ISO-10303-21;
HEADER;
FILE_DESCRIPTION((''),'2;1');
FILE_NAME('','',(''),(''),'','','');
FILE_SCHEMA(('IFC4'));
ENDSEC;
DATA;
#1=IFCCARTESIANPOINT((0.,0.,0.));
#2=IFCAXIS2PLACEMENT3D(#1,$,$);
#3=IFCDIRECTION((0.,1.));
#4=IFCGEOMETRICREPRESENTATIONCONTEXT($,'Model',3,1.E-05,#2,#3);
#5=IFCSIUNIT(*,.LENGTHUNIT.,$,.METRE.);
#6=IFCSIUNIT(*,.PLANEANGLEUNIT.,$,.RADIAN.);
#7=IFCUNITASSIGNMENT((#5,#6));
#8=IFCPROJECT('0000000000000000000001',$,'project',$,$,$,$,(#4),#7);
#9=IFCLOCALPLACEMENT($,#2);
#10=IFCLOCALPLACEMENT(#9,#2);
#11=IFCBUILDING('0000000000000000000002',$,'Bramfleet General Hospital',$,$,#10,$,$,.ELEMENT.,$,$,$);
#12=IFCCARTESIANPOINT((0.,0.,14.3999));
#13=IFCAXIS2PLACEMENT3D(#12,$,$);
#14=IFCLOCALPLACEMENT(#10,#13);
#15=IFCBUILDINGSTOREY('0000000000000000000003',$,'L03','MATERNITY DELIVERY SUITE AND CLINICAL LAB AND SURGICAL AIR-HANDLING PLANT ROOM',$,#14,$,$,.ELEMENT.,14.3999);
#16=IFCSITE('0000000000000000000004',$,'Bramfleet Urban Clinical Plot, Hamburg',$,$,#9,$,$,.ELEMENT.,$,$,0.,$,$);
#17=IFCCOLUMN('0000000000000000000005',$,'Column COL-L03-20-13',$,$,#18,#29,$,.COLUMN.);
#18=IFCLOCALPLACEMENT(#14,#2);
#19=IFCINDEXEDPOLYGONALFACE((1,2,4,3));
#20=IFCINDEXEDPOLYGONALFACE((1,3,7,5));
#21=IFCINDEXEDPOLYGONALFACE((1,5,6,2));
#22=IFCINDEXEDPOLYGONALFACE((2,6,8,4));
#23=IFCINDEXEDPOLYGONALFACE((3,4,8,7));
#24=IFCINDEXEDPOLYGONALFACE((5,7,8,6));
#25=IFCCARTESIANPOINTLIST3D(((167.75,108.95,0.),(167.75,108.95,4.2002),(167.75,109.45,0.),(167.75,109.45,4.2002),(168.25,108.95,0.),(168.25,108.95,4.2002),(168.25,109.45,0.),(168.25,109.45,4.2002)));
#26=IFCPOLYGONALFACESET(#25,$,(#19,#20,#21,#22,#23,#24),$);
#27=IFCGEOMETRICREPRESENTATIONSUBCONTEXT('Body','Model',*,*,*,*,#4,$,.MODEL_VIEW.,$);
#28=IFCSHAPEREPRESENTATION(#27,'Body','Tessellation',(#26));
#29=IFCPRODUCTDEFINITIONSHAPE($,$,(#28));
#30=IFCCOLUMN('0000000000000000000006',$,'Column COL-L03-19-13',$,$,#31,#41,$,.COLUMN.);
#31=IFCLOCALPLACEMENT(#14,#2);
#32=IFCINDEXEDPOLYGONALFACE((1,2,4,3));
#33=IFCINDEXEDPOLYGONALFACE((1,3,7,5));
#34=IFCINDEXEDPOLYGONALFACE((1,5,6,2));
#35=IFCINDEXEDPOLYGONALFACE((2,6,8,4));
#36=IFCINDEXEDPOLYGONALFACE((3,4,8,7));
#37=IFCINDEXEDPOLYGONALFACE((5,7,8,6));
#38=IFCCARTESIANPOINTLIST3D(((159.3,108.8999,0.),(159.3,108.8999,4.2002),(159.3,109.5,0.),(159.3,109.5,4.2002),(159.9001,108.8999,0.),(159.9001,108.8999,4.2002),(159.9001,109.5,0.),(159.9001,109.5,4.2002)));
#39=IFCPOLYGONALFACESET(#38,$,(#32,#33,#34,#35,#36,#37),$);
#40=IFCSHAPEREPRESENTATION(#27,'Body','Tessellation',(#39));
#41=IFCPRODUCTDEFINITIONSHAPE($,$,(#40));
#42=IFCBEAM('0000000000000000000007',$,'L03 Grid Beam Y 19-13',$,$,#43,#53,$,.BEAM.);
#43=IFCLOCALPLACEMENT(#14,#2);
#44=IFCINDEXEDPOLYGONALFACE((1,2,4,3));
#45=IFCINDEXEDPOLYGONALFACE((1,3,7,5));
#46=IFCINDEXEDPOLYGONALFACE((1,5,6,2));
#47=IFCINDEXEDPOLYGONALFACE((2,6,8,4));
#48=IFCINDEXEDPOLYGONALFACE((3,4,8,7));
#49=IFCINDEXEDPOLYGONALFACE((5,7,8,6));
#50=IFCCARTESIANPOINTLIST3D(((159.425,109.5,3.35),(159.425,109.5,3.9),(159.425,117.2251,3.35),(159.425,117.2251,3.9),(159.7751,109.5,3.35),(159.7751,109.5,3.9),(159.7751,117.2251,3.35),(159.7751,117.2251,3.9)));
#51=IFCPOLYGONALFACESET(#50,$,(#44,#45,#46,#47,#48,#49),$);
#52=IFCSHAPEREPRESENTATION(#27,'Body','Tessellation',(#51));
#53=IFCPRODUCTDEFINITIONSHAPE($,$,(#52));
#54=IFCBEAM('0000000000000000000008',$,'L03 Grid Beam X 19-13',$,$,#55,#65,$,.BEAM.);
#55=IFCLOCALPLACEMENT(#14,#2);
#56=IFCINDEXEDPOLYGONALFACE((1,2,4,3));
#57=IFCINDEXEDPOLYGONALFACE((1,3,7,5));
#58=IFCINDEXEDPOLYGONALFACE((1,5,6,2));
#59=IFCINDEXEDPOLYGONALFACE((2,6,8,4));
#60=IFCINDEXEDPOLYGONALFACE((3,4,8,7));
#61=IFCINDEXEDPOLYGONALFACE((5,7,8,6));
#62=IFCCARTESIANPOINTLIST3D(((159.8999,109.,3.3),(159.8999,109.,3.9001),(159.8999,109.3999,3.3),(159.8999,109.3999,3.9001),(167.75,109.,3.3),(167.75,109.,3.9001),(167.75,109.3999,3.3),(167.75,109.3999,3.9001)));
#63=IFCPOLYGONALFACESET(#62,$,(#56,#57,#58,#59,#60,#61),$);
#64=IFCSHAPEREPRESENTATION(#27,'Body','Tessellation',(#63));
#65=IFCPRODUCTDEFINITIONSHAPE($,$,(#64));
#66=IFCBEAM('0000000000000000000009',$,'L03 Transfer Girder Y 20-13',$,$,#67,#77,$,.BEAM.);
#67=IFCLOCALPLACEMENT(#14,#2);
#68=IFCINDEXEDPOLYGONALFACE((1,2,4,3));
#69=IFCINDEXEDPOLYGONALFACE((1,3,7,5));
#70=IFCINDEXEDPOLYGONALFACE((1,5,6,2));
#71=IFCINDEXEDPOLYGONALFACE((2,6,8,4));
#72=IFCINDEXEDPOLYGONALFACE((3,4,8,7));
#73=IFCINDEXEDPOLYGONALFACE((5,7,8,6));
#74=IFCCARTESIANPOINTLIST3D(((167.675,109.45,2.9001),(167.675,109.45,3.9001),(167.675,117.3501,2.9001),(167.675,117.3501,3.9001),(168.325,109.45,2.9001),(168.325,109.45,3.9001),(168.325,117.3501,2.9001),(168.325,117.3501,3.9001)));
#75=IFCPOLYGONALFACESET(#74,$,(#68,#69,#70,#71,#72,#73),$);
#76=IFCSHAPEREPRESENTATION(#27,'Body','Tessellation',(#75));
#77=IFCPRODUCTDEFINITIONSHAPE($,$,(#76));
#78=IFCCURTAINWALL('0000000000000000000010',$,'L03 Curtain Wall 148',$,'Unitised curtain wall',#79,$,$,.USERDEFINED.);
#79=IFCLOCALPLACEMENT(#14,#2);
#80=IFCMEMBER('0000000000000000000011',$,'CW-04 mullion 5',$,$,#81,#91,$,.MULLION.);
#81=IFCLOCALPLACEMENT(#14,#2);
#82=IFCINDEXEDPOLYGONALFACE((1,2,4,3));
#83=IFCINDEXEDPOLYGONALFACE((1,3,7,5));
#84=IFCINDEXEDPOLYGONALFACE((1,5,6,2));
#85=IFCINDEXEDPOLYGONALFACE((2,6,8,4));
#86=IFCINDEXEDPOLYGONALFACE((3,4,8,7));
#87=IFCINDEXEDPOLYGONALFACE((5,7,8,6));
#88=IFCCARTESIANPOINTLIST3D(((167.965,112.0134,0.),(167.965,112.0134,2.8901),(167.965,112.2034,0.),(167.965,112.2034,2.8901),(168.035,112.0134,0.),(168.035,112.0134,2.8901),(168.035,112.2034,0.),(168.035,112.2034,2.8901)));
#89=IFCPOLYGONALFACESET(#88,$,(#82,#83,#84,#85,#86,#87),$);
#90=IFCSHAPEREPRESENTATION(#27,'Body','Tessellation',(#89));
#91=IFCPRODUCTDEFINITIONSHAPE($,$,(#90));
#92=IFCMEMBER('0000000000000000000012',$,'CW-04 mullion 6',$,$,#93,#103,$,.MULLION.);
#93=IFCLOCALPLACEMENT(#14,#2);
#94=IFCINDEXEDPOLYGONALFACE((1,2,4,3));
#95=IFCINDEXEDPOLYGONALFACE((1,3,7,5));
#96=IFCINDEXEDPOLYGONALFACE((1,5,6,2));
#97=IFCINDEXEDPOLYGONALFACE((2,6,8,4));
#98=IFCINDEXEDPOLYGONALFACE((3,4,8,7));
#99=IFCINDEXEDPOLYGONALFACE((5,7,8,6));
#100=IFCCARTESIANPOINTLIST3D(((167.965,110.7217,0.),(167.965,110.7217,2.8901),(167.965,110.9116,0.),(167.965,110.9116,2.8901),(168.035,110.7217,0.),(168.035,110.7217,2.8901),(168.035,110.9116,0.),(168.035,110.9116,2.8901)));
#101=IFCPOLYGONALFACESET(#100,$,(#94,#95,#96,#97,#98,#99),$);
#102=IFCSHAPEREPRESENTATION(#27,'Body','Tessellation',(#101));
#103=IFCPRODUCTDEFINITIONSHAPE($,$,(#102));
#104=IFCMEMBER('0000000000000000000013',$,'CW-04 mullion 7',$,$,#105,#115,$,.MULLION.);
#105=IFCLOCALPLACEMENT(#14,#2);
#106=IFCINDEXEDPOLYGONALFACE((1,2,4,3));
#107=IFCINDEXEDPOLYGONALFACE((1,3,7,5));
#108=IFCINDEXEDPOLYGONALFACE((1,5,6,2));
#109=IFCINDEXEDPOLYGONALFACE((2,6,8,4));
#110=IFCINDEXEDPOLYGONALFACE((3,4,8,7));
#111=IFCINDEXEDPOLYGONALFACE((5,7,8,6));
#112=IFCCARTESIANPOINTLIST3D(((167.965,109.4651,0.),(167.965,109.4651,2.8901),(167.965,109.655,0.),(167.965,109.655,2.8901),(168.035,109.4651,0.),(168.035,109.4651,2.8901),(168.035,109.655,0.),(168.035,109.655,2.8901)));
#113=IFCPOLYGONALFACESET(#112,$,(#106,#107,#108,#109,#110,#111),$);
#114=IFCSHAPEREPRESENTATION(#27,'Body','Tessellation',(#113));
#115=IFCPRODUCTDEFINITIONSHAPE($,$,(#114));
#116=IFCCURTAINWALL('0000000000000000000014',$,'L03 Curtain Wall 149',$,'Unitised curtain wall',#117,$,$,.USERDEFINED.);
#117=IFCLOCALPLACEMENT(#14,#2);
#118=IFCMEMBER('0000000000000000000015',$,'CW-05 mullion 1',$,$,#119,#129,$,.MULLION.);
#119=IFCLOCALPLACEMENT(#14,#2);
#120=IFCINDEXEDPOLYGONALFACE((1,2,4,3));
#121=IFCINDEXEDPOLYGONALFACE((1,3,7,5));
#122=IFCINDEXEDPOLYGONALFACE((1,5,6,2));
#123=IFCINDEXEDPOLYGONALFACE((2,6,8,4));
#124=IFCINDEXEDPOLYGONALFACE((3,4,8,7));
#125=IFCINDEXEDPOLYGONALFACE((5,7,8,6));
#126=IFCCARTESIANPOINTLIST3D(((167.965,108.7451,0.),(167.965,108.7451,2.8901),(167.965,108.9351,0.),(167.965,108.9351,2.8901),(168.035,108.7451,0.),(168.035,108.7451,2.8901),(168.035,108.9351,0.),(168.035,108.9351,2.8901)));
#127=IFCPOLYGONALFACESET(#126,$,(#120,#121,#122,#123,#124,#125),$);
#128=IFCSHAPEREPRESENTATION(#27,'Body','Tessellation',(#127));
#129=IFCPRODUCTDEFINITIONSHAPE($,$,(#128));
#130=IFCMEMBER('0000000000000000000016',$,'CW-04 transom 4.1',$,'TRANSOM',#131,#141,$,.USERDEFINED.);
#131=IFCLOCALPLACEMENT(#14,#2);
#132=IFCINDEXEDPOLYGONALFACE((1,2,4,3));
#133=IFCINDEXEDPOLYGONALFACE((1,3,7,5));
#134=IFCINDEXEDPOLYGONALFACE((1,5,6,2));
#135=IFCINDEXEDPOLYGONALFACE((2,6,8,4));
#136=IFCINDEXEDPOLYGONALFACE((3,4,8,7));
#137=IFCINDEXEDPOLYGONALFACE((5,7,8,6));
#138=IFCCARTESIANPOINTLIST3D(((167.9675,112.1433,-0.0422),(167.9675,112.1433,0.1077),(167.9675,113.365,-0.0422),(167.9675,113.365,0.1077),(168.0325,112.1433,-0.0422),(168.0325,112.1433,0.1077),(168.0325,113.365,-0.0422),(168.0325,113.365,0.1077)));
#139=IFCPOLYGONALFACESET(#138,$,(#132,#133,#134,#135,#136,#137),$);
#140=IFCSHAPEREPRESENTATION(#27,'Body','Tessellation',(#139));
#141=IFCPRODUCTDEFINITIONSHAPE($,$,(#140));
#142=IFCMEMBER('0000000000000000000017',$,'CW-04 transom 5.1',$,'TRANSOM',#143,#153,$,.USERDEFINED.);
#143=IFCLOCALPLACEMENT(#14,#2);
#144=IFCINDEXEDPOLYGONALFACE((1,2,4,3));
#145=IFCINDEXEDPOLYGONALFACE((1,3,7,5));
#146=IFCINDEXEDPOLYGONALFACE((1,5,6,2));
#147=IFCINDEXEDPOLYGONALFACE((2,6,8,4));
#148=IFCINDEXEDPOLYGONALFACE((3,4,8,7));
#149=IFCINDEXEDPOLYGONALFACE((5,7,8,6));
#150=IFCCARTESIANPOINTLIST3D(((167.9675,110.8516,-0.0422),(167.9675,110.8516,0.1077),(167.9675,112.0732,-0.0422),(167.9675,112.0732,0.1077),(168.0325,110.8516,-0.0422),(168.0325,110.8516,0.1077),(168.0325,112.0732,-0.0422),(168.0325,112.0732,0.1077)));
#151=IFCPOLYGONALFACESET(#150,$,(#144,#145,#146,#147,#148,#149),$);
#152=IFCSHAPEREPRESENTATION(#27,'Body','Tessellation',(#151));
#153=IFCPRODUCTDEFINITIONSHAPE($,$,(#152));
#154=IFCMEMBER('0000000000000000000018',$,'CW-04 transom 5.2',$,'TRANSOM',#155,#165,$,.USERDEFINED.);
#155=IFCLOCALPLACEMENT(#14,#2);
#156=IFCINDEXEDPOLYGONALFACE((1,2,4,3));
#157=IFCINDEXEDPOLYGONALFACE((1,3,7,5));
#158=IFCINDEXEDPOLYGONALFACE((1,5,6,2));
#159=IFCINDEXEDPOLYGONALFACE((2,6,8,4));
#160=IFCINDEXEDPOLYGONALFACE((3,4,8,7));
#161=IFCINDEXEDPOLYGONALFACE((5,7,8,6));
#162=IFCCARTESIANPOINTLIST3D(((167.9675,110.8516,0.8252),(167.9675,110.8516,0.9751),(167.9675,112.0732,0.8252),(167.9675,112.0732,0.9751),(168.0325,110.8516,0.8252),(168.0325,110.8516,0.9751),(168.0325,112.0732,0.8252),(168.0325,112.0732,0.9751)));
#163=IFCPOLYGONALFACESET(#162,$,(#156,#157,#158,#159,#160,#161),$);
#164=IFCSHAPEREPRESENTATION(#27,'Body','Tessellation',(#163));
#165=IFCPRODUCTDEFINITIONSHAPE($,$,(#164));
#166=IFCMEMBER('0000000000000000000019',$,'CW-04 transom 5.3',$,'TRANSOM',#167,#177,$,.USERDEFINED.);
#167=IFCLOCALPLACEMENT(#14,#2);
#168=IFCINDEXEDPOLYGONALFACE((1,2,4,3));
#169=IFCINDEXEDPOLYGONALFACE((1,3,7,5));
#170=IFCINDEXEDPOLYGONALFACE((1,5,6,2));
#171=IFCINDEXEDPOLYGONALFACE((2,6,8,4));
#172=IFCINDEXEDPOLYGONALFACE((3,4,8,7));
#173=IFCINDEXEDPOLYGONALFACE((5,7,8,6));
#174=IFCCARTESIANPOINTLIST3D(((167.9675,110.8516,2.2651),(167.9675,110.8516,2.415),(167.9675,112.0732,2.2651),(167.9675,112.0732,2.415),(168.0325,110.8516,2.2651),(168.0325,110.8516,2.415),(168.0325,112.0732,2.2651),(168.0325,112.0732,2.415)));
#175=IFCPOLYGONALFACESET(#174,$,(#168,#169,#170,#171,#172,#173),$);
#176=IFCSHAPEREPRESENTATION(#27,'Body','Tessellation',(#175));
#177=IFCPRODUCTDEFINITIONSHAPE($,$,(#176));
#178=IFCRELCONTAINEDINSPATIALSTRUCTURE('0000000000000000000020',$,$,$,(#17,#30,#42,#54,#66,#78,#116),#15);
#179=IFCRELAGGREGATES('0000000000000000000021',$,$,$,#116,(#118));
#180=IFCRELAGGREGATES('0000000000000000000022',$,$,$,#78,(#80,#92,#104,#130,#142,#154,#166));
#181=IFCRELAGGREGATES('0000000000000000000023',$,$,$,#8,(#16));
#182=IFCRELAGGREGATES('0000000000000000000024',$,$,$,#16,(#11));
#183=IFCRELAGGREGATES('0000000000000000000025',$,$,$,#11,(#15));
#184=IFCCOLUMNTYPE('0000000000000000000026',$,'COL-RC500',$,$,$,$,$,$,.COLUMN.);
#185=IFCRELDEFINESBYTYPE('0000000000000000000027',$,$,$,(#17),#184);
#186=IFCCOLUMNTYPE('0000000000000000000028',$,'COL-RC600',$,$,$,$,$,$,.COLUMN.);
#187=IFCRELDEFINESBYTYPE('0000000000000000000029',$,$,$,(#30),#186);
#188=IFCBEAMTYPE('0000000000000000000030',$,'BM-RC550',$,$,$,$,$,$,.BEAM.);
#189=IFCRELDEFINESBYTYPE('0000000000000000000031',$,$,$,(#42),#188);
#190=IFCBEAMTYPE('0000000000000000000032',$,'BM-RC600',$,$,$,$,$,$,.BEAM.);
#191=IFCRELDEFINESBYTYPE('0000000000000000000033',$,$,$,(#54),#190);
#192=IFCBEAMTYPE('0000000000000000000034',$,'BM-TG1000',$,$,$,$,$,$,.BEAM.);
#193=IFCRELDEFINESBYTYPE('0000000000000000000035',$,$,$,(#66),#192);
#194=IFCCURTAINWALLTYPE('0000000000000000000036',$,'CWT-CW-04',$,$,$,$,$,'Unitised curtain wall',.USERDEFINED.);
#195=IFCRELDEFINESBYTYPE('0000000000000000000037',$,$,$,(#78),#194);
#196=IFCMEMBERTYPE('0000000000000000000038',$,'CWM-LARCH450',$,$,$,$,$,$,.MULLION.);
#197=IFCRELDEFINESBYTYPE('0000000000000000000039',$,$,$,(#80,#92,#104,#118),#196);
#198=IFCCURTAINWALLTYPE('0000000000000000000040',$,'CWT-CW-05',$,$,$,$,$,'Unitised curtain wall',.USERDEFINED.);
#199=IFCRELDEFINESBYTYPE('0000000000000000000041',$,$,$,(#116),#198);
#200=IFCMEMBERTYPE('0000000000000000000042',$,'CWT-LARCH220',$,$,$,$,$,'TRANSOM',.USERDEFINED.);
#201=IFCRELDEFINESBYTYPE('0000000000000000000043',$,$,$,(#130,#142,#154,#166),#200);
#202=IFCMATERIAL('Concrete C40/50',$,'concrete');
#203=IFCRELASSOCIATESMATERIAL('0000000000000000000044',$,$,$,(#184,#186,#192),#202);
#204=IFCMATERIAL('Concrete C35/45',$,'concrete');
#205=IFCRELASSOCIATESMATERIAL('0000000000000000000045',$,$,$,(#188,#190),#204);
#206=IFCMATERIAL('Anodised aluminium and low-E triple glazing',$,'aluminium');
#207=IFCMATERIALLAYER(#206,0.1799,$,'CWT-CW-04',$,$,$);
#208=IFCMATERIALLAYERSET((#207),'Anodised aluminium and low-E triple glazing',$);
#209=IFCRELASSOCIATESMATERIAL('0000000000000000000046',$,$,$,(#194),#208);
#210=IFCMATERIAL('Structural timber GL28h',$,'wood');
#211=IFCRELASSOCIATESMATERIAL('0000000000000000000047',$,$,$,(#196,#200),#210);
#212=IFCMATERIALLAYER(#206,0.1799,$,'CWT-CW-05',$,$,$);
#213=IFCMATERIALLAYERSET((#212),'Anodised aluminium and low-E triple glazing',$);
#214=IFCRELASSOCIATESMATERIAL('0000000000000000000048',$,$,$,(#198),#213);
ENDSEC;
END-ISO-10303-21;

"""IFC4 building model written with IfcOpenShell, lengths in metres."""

from ifc_helpers import new_model, si_unit, direction, frame, origin, origin_2d, place, context, subcontext, project, spatial, rectangle, extrude, material, layer, layer_set, material_profile, profile_set, type_object, element, aggregate, save


model = new_model("IFC4")

# Units and contexts
model_context = context("Model", 3, precision=1e-05, world=origin(), true_north=direction((0.0, 1.0)))
body_context = subcontext(model_context, "Body", "Model", "MODEL_VIEW")
ifc_project = project(units=[si_unit("LENGTHUNIT", "METRE"), si_unit("PLANEANGLEUNIT", "RADIAN")], contexts=[model_context])

# Site, building, storey
site_placement = place(None, origin())
site = spatial("IfcSite", under=ifc_project, at=site_placement, Name="Bramfleet Urban Clinical Plot, Hamburg", CompositionType="ELEMENT", RefElevation=0.0)
building_placement = place(site_placement, origin())
building = spatial("IfcBuilding", under=site, at=building_placement, Name="Bramfleet General Hospital", CompositionType="ELEMENT")
storey_placement = place(building_placement, frame((0.0, 0.0, 14.3999)))
storey = spatial("IfcBuildingStorey", under=building, at=storey_placement, Name="L03", Description="MATERNITY DELIVERY SUITE AND CLINICAL LAB AND SURGICAL AIR-HANDLING PLANT ROOM", CompositionType="ELEMENT", Elevation=14.3999)

# Columns
ifc_material_1 = material(Name="Concrete C40/50", Category="concrete")
ifc_material_profile_1 = material_profile(ifc_material_1, rectangle(XDim=0.5, YDim=0.5, at=origin_2d()), Name="RC COL 500x500")
ifc_profile_set_1 = profile_set([ifc_material_profile_1], Name="Concrete C40/50")
column_type_1 = type_object("IfcColumnType", Name="COL-RC500", PredefinedType="COLUMN", material=ifc_profile_set_1)
column_1_placement = place(storey_placement, frame((168.0, 109.2, 0.0), z_axis=(0.0, 0.0, 1.0), x_axis=(1.0, 0.0, 0.0)))
element("IfcColumn", 1, at=column_1_placement, inside=storey, type_object=column_type_1, Name="Column COL-L03-20-13", PredefinedType="COLUMN", context=body_context, shape_type="SweptSolid", body=[
    extrude(rectangle(XDim=0.5, YDim=0.5, at=origin_2d()), origin(), (0.0, 0.0, 1.0), 4.2002),
])
ifc_material_profile_2 = material_profile(ifc_material_1, rectangle(XDim=0.6001, YDim=0.6001, at=origin_2d()), Name="RC COL 600x600")
ifc_profile_set_2 = profile_set([ifc_material_profile_2], Name="Concrete C40/50")
column_type_2 = type_object("IfcColumnType", Name="COL-RC600", PredefinedType="COLUMN", material=ifc_profile_set_2)
column_2_placement = place(storey_placement, frame((159.6001, 109.2, 0.0), z_axis=(0.0, 0.0, 1.0), x_axis=(1.0, 0.0, 0.0)))
element("IfcColumn", 2, at=column_2_placement, inside=storey, type_object=column_type_2, Name="Column COL-L03-19-13", PredefinedType="COLUMN", context=body_context, shape_type="SweptSolid", body=[
    extrude(rectangle(XDim=0.6001, YDim=0.6001, at=origin_2d()), origin(), (0.0, 0.0, 1.0), 4.2002),
])

# Beams
ifc_material_2 = material(Name="Concrete C35/45", Category="concrete")
ifc_material_profile_3 = material_profile(ifc_material_2, rectangle(XDim=0.3501, YDim=0.55, at=origin_2d()), Name="RC BM 550x350")
ifc_profile_set_3 = profile_set([ifc_material_profile_3], Name="Concrete C35/45")
beam_type_1 = type_object("IfcBeamType", Name="BM-RC550", PredefinedType="BEAM", material=ifc_profile_set_3)
beam_1_placement = place(storey_placement, frame((159.6001, 109.5, 3.625), z_axis=(0.0, 1.0, 0.0), x_axis=(-1.0, 0.0, 0.0)))
element("IfcBeam", 3, at=beam_1_placement, inside=storey, type_object=beam_type_1, Name="L03 Grid Beam Y 19-13", PredefinedType="BEAM", context=body_context, shape_type="SweptSolid", body=[
    extrude(rectangle(XDim=0.3501, YDim=0.55, at=origin_2d()), origin(), (0.0, 0.0, 1.0), 7.7251),
])
ifc_material_profile_4 = material_profile(ifc_material_2, rectangle(XDim=0.3999, YDim=0.6001, at=origin_2d()), Name="RC BM 600x400")
ifc_profile_set_4 = profile_set([ifc_material_profile_4], Name="Concrete C35/45")
beam_type_2 = type_object("IfcBeamType", Name="BM-RC600", PredefinedType="BEAM", material=ifc_profile_set_4)
beam_2_placement = place(storey_placement, frame((159.8999, 109.2, 3.6001), z_axis=(1.0, 0.0, 0.0), x_axis=(0.0, 1.0, 0.0)))
element("IfcBeam", 4, at=beam_2_placement, inside=storey, type_object=beam_type_2, Name="L03 Grid Beam X 19-13", PredefinedType="BEAM", context=body_context, shape_type="SweptSolid", body=[
    extrude(rectangle(XDim=0.3999, YDim=0.6001, at=origin_2d()), origin(), (0.0, 0.0, 1.0), 7.8501),
])
ifc_material_profile_5 = material_profile(ifc_material_1, rectangle(XDim=0.6499, YDim=1.0, at=origin_2d()), Name="RC TG 1000x650")
ifc_profile_set_5 = profile_set([ifc_material_profile_5], Name="Concrete C40/50")
beam_type_3 = type_object("IfcBeamType", Name="BM-TG1000", PredefinedType="BEAM", material=ifc_profile_set_5)
beam_3_placement = place(storey_placement, frame((168.0, 109.45, 3.4001), z_axis=(0.0, 1.0, 0.0), x_axis=(-1.0, 0.0, 0.0)))
element("IfcBeam", 5, at=beam_3_placement, inside=storey, type_object=beam_type_3, Name="L03 Transfer Girder Y 20-13", PredefinedType="BEAM", context=body_context, shape_type="SweptSolid", body=[
    extrude(rectangle(XDim=0.6499, YDim=1.0, at=origin_2d()), origin(), (0.0, 0.0, 1.0), 7.9001),
])

# Curtain wall, members
ifc_material_3 = material(Name="Anodised aluminium and low-E triple glazing", Category="aluminium")
ifc_layer_1 = layer(ifc_material_3, 0.1799, Name="CWT-CW-04")
ifc_layer_set_1 = layer_set([ifc_layer_1], Name="Anodised aluminium and low-E triple glazing")
curtain_wall_type_1 = type_object("IfcCurtainWallType", Name="CWT-CW-04", ElementType="Unitised curtain wall", PredefinedType="USERDEFINED", material=ifc_layer_set_1)
curtain_wall_1_placement = place(storey_placement, origin())
curtain_wall_1 = element("IfcCurtainWall", 6, at=curtain_wall_1_placement, inside=storey, type_object=curtain_wall_type_1, Name="L03 Curtain Wall 148", ObjectType="Unitised curtain wall", PredefinedType="USERDEFINED")
ifc_material_4 = material(Name="Structural timber GL28h", Category="wood")
ifc_material_profile_6 = material_profile(ifc_material_4, rectangle(XDim=0.0701, YDim=0.1899, at=origin_2d()), Name="LARCH 190x70")
ifc_profile_set_6 = profile_set([ifc_material_profile_6], Name="Structural timber GL28h")
member_type_1 = type_object("IfcMemberType", Name="CWM-LARCH450", PredefinedType="MULLION", material=ifc_profile_set_6)
member_1_placement = place(storey_placement, frame((168.0, 112.1084, 0.0), z_axis=(0.0, 0.0, 1.0), x_axis=(1.0, 0.0, 0.0)))
member_1 = element("IfcMember", 7, at=member_1_placement, type_object=member_type_1, Name="CW-04 mullion 5", PredefinedType="MULLION", context=body_context, shape_type="SweptSolid", body=[
    extrude(rectangle(XDim=0.0701, YDim=0.1899, at=origin_2d()), origin(), (0.0, 0.0, 1.0), 2.8901),
])
member_2_placement = place(storey_placement, frame((168.0, 110.8167, 0.0), z_axis=(0.0, 0.0, 1.0), x_axis=(1.0, 0.0, 0.0)))
member_2 = element("IfcMember", 8, at=member_2_placement, type_object=member_type_1, Name="CW-04 mullion 6", PredefinedType="MULLION", context=body_context, shape_type="SweptSolid", body=[
    extrude(rectangle(XDim=0.0701, YDim=0.1899, at=origin_2d()), origin(), (0.0, 0.0, 1.0), 2.8901),
])
member_3_placement = place(storey_placement, frame((168.0, 109.5601, 0.0), z_axis=(0.0, 0.0, 1.0), x_axis=(1.0, 0.0, 0.0)))
member_3 = element("IfcMember", 9, at=member_3_placement, type_object=member_type_1, Name="CW-04 mullion 7", PredefinedType="MULLION", context=body_context, shape_type="SweptSolid", body=[
    extrude(rectangle(XDim=0.0701, YDim=0.1899, at=origin_2d()), origin(), (0.0, 0.0, 1.0), 2.8901),
])

# Curtain wall, member
ifc_layer_2 = layer(ifc_material_3, 0.1799, Name="CWT-CW-05")
ifc_layer_set_2 = layer_set([ifc_layer_2], Name="Anodised aluminium and low-E triple glazing")
curtain_wall_type_2 = type_object("IfcCurtainWallType", Name="CWT-CW-05", ElementType="Unitised curtain wall", PredefinedType="USERDEFINED", material=ifc_layer_set_2)
curtain_wall_2_placement = place(storey_placement, origin())
curtain_wall_2 = element("IfcCurtainWall", 10, at=curtain_wall_2_placement, inside=storey, type_object=curtain_wall_type_2, Name="L03 Curtain Wall 149", ObjectType="Unitised curtain wall", PredefinedType="USERDEFINED")
member_4_placement = place(storey_placement, frame((168.0, 108.8401, 0.0), z_axis=(0.0, 0.0, 1.0), x_axis=(1.0, 0.0, 0.0)))
member_4 = element("IfcMember", 11, at=member_4_placement, type_object=member_type_1, Name="CW-05 mullion 1", PredefinedType="MULLION", context=body_context, shape_type="SweptSolid", body=[
    extrude(rectangle(XDim=0.0701, YDim=0.1899, at=origin_2d()), origin(), (0.0, 0.0, 1.0), 2.8901),
])

# Members
ifc_material_profile_7 = material_profile(ifc_material_4, rectangle(XDim=0.0649, YDim=0.1499, at=origin_2d()), Name="LARCH 150x65")
ifc_profile_set_7 = profile_set([ifc_material_profile_7], Name="Structural timber GL28h")
member_type_2 = type_object("IfcMemberType", Name="CWT-LARCH220", ElementType="TRANSOM", PredefinedType="USERDEFINED", material=ifc_profile_set_7)
member_5_placement = place(storey_placement, frame((168.0, 113.365, 0.0327), z_axis=(0.0, -1.0, 0.0), x_axis=(1.0, 0.0, 0.0)))
member_5 = element("IfcMember", 12, at=member_5_placement, type_object=member_type_2, Name="CW-04 transom 4.1", ObjectType="TRANSOM", PredefinedType="USERDEFINED", context=body_context, shape_type="SweptSolid", body=[
    extrude(rectangle(XDim=0.0649, YDim=0.1499, at=origin_2d()), origin(), (0.0, 0.0, 1.0), 1.2217),
])
member_6_placement = place(storey_placement, frame((168.0, 112.0732, 0.0327), z_axis=(0.0, -1.0, 0.0), x_axis=(1.0, 0.0, 0.0)))
member_6 = element("IfcMember", 13, at=member_6_placement, type_object=member_type_2, Name="CW-04 transom 5.1", ObjectType="TRANSOM", PredefinedType="USERDEFINED", context=body_context, shape_type="SweptSolid", body=[
    extrude(rectangle(XDim=0.0649, YDim=0.1499, at=origin_2d()), origin(), (0.0, 0.0, 1.0), 1.2217),
])
member_7_placement = place(storey_placement, frame((168.0, 112.0732, 0.9001), z_axis=(0.0, -1.0, 0.0), x_axis=(1.0, 0.0, 0.0)))
member_7 = element("IfcMember", 14, at=member_7_placement, type_object=member_type_2, Name="CW-04 transom 5.2", ObjectType="TRANSOM", PredefinedType="USERDEFINED", context=body_context, shape_type="SweptSolid", body=[
    extrude(rectangle(XDim=0.0649, YDim=0.1499, at=origin_2d()), origin(), (0.0, 0.0, 1.0), 1.2217),
])
member_8_placement = place(storey_placement, frame((168.0, 112.0732, 2.3401), z_axis=(0.0, -1.0, 0.0), x_axis=(1.0, 0.0, 0.0)))
member_8 = element("IfcMember", 15, at=member_8_placement, type_object=member_type_2, Name="CW-04 transom 5.3", ObjectType="TRANSOM", PredefinedType="USERDEFINED", context=body_context, shape_type="SweptSolid", body=[
    extrude(rectangle(XDim=0.0649, YDim=0.1499, at=origin_2d()), origin(), (0.0, 0.0, 1.0), 1.2217),
])
aggregate(curtain_wall_2, [member_4])

aggregate(curtain_wall_1, [member_1, member_2, member_3, member_5, member_6, member_7, member_8])

save(model, "model.ifc")
